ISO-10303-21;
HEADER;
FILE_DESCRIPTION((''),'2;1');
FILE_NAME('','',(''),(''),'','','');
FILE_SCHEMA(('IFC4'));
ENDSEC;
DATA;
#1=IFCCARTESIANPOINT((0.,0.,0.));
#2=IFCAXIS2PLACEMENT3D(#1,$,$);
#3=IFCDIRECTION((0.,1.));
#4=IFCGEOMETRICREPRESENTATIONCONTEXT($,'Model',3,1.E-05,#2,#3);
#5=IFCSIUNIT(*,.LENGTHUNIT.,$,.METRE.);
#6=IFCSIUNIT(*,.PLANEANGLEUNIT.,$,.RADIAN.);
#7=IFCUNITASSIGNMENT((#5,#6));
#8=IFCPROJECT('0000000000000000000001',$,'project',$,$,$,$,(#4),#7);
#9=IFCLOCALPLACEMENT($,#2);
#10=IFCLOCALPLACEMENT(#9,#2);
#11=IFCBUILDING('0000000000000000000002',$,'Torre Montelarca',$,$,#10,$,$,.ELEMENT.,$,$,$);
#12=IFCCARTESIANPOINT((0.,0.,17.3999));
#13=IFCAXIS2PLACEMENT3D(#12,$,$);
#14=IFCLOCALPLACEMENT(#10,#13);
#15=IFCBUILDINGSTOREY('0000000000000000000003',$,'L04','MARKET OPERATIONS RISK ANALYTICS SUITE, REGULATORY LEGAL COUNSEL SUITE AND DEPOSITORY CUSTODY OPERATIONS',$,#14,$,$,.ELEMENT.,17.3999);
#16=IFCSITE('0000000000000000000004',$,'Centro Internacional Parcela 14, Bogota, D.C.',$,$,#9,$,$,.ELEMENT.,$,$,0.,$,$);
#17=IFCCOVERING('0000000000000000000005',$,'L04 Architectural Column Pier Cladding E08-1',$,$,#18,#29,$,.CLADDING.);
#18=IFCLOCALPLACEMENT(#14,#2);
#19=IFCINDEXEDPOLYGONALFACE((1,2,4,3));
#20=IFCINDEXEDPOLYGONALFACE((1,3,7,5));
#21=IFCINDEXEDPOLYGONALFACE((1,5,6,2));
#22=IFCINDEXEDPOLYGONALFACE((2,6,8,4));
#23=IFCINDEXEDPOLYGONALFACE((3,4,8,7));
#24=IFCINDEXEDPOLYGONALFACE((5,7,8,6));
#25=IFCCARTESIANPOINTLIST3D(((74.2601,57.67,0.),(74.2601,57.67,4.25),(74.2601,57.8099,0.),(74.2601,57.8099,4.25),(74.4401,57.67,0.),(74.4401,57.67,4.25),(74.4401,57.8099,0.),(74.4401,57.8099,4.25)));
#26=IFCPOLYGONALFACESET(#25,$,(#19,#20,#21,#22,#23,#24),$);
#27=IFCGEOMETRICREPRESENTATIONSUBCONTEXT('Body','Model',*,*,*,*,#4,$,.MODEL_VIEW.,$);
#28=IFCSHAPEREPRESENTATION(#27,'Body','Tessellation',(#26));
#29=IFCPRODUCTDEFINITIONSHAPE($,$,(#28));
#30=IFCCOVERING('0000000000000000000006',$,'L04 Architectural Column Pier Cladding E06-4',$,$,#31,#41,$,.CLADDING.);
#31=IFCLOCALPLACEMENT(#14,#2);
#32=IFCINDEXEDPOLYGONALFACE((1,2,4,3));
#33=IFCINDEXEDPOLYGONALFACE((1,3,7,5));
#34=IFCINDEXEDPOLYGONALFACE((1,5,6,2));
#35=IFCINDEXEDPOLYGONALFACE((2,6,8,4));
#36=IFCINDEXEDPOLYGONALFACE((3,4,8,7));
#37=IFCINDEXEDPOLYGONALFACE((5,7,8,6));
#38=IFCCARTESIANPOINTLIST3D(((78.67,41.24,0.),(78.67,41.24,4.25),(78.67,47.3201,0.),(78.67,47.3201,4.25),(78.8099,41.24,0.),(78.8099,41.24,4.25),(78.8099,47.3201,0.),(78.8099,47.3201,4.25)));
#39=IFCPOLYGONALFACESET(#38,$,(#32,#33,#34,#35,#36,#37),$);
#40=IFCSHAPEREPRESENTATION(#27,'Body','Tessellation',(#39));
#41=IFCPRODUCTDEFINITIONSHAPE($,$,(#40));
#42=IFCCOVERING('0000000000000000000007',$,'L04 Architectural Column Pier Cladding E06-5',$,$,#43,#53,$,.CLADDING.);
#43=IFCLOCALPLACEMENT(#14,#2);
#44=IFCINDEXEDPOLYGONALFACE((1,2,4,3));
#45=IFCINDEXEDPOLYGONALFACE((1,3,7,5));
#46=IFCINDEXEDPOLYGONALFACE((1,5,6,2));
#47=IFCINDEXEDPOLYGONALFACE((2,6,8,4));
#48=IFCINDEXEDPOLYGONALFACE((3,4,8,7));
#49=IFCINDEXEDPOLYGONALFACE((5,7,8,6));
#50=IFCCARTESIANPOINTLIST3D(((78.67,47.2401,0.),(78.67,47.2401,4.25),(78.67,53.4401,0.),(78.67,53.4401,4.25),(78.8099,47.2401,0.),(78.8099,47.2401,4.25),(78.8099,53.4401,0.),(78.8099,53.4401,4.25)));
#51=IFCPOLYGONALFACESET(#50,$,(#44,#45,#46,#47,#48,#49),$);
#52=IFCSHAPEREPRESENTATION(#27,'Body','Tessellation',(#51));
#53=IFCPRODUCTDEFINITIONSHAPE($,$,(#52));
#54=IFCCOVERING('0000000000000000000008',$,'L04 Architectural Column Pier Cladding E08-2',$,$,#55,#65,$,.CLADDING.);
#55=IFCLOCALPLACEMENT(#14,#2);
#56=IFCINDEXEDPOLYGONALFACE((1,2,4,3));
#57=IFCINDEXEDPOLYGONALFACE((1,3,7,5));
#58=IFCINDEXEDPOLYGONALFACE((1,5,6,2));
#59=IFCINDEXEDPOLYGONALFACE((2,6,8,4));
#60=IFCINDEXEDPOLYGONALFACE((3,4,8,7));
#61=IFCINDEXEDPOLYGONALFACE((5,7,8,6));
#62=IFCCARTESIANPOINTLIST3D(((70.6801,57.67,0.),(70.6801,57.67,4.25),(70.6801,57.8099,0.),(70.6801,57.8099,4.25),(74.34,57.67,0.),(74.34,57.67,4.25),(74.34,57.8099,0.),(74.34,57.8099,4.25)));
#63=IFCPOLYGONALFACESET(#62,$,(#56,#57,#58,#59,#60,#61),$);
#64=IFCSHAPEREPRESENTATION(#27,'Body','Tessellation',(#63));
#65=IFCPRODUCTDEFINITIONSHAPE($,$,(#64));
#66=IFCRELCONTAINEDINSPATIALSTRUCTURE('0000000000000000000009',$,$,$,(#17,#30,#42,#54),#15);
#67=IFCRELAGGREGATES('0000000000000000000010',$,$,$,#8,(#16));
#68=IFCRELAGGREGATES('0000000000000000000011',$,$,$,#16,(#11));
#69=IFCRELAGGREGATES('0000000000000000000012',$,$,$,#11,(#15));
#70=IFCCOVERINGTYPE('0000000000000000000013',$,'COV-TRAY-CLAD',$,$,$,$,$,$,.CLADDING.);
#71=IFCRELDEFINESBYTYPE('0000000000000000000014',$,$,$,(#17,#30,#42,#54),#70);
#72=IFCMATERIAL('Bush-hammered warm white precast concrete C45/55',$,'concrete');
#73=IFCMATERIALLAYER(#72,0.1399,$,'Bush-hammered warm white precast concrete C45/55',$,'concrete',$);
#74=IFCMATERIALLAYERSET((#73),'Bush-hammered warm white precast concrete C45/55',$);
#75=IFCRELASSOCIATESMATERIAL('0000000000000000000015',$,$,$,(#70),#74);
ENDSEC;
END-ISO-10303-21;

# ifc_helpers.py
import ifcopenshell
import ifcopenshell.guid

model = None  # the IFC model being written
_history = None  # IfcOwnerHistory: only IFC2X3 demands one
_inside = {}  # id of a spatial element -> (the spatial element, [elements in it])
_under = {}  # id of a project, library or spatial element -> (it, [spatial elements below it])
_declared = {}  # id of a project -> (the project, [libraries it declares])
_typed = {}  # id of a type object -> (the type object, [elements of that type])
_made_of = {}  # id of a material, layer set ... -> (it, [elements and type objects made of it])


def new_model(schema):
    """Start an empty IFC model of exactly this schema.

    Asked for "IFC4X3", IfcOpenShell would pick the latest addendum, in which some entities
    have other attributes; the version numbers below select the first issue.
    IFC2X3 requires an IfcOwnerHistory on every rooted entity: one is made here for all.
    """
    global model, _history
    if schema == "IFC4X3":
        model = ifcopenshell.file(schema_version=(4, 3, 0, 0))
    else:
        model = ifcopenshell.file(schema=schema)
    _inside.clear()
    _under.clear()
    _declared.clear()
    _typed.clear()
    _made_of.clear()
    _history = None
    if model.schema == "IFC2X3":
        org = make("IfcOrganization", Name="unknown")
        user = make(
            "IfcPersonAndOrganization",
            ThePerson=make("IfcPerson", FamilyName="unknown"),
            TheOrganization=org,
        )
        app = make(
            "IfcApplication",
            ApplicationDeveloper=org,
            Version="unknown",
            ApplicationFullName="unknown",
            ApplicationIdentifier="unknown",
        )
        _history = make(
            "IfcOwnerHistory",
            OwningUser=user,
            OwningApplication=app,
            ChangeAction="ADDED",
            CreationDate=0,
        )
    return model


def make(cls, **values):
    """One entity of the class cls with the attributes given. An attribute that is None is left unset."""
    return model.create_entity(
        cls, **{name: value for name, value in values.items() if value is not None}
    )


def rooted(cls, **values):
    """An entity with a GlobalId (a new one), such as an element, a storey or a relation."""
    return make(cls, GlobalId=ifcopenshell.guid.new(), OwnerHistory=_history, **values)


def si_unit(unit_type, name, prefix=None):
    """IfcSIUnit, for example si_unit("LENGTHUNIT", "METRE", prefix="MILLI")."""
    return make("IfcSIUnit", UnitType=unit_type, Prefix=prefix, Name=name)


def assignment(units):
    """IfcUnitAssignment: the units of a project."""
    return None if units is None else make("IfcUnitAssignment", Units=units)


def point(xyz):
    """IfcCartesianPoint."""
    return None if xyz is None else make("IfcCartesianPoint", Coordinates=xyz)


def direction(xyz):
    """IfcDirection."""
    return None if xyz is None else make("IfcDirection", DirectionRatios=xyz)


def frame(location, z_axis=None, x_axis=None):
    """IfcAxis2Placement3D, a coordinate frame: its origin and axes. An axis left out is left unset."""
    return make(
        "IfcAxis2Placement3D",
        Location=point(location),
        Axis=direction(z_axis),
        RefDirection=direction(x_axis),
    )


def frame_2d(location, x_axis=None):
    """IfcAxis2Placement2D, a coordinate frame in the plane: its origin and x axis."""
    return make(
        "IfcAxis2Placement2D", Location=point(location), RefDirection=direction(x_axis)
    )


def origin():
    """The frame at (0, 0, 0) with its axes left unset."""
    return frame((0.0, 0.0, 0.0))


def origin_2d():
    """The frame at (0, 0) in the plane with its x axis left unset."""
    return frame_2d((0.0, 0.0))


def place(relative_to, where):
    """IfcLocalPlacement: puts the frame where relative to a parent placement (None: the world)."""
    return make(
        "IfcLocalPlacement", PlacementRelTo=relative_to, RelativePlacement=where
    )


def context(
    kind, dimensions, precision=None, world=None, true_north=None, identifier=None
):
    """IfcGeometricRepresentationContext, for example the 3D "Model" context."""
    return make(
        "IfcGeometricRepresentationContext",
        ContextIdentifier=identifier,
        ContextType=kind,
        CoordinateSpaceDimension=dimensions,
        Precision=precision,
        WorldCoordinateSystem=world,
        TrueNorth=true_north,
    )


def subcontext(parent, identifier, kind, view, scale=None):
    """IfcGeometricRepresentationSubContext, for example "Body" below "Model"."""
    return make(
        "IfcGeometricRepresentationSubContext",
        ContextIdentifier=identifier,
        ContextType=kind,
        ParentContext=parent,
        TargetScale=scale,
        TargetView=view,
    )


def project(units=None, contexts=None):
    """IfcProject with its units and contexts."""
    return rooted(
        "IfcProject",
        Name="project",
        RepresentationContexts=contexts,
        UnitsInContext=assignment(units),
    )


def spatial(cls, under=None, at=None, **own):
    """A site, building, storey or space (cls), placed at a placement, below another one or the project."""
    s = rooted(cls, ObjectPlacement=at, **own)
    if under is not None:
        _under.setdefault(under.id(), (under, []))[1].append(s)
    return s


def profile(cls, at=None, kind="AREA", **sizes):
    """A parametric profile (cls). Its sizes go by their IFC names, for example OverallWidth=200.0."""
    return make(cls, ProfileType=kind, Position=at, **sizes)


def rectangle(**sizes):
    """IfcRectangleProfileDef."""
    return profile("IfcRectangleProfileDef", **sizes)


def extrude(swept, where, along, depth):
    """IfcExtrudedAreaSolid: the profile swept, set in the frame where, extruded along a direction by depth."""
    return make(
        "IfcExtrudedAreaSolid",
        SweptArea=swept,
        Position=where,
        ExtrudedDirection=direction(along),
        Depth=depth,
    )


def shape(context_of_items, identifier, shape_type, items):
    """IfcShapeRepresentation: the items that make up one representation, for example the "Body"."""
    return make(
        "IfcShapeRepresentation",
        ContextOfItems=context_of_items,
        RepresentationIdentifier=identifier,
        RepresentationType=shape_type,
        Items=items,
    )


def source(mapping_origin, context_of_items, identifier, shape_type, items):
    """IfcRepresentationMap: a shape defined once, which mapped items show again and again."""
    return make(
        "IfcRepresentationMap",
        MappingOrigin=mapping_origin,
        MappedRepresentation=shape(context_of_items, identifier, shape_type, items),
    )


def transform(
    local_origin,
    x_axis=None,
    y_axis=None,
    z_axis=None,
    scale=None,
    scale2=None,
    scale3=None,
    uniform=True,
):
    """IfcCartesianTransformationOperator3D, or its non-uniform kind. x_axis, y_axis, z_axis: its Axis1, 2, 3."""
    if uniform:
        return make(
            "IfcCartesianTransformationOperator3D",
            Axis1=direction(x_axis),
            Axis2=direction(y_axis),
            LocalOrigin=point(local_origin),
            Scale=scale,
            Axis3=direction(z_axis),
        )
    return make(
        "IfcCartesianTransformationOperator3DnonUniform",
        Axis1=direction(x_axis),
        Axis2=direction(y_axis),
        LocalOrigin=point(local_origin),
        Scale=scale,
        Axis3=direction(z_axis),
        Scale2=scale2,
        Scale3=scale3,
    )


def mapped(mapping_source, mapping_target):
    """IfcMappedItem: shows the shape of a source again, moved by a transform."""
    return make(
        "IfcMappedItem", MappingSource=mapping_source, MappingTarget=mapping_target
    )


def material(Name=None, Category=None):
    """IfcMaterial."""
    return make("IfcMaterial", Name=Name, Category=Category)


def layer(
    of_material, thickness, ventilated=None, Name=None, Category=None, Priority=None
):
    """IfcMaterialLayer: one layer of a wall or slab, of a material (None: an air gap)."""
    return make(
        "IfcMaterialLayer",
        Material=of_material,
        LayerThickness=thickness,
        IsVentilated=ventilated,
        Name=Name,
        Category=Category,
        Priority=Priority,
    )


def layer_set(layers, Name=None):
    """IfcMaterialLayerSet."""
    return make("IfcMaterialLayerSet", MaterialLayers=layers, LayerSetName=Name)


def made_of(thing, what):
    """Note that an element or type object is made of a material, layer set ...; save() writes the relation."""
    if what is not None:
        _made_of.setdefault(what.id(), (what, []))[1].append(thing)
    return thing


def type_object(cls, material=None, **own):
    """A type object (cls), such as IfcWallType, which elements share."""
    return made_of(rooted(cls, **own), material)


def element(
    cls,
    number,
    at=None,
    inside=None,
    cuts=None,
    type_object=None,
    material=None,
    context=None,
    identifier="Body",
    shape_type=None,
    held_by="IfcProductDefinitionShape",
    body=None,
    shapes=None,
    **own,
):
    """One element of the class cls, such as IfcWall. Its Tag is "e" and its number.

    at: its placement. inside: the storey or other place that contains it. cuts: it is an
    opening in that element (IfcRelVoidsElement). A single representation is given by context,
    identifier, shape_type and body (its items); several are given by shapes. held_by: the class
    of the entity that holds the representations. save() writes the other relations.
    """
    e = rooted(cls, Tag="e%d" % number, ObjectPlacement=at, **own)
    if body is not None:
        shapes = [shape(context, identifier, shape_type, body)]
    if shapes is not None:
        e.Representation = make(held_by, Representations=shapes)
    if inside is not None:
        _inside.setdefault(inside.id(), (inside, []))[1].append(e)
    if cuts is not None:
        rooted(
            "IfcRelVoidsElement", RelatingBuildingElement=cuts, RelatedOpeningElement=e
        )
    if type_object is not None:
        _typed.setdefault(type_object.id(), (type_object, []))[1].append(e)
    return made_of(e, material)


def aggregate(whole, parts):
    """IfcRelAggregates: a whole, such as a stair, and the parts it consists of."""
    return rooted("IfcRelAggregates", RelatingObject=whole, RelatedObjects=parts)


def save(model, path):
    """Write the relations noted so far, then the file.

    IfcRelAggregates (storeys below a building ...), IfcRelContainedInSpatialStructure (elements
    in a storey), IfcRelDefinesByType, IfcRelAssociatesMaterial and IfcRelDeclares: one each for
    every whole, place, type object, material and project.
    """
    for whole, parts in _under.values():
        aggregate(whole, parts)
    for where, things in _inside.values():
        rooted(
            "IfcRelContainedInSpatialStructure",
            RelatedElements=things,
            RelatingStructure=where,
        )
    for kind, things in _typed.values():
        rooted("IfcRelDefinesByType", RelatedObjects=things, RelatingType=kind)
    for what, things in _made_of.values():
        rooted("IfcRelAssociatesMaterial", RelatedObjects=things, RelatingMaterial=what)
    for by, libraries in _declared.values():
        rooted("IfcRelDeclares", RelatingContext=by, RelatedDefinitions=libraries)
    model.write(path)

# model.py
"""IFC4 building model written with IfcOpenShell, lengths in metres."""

from ifc_helpers import new_model, si_unit, direction, frame, origin, origin_2d, place, context, subcontext, project, spatial, rectangle, extrude, source, transform, mapped, material, layer, layer_set, type_object, element, save


model = new_model("IFC4")

# Units and contexts
model_context = context("Model", 3, precision=1e-05, world=origin(), true_north=direction((0.0, 1.0)))
body_context = subcontext(model_context, "Body", "Model", "MODEL_VIEW")
ifc_project = project(units=[si_unit("LENGTHUNIT", "METRE"), si_unit("PLANEANGLEUNIT", "RADIAN")], contexts=[model_context])

# Site, building, storey
site_placement = place(None, origin())
site = spatial("IfcSite", under=ifc_project, at=site_placement, Name="Centro Internacional Parcela 14, Bogota, D.C.", CompositionType="ELEMENT", RefElevation=0.0)
building_placement = place(site_placement, origin())
building = spatial("IfcBuilding", under=site, at=building_placement, Name="Torre Montelarca", CompositionType="ELEMENT")
storey_placement = place(building_placement, frame((0.0, 0.0, 17.3999)))
storey = spatial("IfcBuildingStorey", under=building, at=storey_placement, Name="L04", Description="MARKET OPERATIONS RISK ANALYTICS SUITE, REGULATORY LEGAL COUNSEL SUITE AND DEPOSITORY CUSTODY OPERATIONS", CompositionType="ELEMENT", Elevation=17.3999)

# Coverings
ifc_material_1 = material(Name="Bush-hammered warm white precast concrete C45/55", Category="concrete")
ifc_layer_1 = layer(ifc_material_1, 0.1399, Name="Bush-hammered warm white precast concrete C45/55", Category="concrete")
ifc_layer_set_1 = layer_set([ifc_layer_1], Name="Bush-hammered warm white precast concrete C45/55")
covering_type = type_object("IfcCoveringType", Name="COV-TRAY-CLAD", PredefinedType="CLADDING", material=ifc_layer_set_1)
shared_shape_1 = source(origin(), body_context, "Body", "SweptSolid", [
    extrude(rectangle(XDim=0.1799, YDim=0.1399, at=origin_2d()), origin(), (0.0, 0.0, 1.0), 4.25),
])
covering_1_placement = place(storey_placement, frame((74.3501, 57.74, 0.0), z_axis=(0.0, 0.0, 1.0), x_axis=(-1.0, 0.0, 0.0)))
element("IfcCovering", 1, at=covering_1_placement, inside=storey, type_object=covering_type, Name="L04 Architectural Column Pier Cladding E08-1", PredefinedType="CLADDING", context=body_context, shape_type="MappedRepresentation", body=[
    mapped(shared_shape_1, transform((0.0, 0.0, 0.0), scale=1.0)),
])
shared_shape_2 = source(origin(), body_context, "Body", "SweptSolid", [
    extrude(rectangle(XDim=6.0801, YDim=0.1399, at=origin_2d()), origin(), (0.0, 0.0, 1.0), 4.25),
])
covering_2_placement = place(storey_placement, frame((78.74, 44.28, 0.0), z_axis=(0.0, 0.0, 1.0), x_axis=(0.0, 1.0, 0.0)))
element("IfcCovering", 2, at=covering_2_placement, inside=storey, type_object=covering_type, Name="L04 Architectural Column Pier Cladding E06-4", PredefinedType="CLADDING", context=body_context, shape_type="MappedRepresentation", body=[
    mapped(shared_shape_2, transform((0.0, 0.0, 0.0), scale=1.0)),
])
shared_shape_3 = source(origin(), body_context, "Body", "SweptSolid", [
    extrude(rectangle(XDim=6.2, YDim=0.1399, at=origin_2d()), origin(), (0.0, 0.0, 1.0), 4.25),
])
covering_3_placement = place(storey_placement, frame((78.74, 50.3401, 0.0), z_axis=(0.0, 0.0, 1.0), x_axis=(0.0, 1.0, 0.0)))
element("IfcCovering", 3, at=covering_3_placement, inside=storey, type_object=covering_type, Name="L04 Architectural Column Pier Cladding E06-5", PredefinedType="CLADDING", context=body_context, shape_type="MappedRepresentation", body=[
    mapped(shared_shape_3, transform((0.0, 0.0, 0.0), scale=1.0)),
])
shared_shape_4 = source(origin(), body_context, "Body", "SweptSolid", [
    extrude(rectangle(XDim=3.6599, YDim=0.1399, at=origin_2d()), origin(), (0.0, 0.0, 1.0), 4.25),
])
covering_4_placement = place(storey_placement, frame((72.51, 57.74, 0.0), z_axis=(0.0, 0.0, 1.0), x_axis=(-1.0, 0.0, 0.0)))
element("IfcCovering", 4, at=covering_4_placement, inside=storey, type_object=covering_type, Name="L04 Architectural Column Pier Cladding E08-2", PredefinedType="CLADDING", context=body_context, shape_type="MappedRepresentation", body=[
    mapped(shared_shape_4, transform((0.0, 0.0, 0.0), scale=1.0)),
])

save(model, "model.ifc")
